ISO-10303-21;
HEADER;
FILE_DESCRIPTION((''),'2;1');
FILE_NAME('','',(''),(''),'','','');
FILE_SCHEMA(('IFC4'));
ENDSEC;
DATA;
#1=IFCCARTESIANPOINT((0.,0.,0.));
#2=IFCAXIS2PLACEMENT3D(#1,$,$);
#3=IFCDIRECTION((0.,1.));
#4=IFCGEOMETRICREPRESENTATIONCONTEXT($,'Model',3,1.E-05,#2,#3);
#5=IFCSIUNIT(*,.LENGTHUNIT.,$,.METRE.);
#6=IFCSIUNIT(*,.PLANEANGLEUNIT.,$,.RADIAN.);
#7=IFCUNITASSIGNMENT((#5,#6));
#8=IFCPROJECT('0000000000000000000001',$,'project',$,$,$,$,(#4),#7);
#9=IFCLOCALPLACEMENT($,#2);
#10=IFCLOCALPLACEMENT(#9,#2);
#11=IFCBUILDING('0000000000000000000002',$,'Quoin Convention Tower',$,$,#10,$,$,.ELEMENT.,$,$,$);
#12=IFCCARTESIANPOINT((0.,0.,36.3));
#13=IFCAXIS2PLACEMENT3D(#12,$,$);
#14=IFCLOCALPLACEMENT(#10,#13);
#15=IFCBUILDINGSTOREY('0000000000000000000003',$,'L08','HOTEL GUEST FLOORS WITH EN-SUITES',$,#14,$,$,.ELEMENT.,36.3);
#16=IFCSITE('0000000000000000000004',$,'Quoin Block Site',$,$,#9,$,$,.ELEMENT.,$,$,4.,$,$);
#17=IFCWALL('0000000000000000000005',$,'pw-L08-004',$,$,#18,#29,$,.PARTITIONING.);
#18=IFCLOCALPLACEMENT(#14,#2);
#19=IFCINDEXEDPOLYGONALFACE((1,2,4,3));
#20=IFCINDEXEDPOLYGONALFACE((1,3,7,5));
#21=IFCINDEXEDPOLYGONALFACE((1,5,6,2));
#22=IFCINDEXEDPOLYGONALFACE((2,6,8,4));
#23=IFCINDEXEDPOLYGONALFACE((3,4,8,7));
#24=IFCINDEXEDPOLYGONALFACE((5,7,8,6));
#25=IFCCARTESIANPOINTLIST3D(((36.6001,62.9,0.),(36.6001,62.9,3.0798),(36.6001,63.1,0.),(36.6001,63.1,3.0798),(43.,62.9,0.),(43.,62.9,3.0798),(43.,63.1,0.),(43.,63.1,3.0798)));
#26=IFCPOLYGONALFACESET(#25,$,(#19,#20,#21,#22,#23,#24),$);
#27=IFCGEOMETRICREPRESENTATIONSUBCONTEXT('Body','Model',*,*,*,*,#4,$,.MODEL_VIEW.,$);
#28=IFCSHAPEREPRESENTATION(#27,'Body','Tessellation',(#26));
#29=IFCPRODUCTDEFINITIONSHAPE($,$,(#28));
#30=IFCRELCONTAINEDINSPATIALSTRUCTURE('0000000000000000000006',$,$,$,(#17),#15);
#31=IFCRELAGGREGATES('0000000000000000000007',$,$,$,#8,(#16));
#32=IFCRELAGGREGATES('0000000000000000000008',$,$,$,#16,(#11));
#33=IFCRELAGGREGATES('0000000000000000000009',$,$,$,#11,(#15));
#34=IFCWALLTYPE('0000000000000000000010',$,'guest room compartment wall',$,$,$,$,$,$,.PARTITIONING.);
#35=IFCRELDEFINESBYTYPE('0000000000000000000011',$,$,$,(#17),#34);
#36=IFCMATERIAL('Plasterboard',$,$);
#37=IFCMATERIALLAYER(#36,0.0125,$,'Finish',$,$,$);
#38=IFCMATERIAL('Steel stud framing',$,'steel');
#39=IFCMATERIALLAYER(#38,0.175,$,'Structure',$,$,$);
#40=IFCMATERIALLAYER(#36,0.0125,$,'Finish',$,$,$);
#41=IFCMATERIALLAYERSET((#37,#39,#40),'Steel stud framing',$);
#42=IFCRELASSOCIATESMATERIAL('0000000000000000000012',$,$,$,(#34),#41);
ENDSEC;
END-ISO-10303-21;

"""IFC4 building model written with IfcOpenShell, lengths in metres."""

from ifc_helpers import new_model, si_unit, direction, frame, frame_2d, origin, place, context, subcontext, project, spatial, rectangle, extrude, material, layer, layer_set, type_object, element, save


model = new_model("IFC4")

# Units and contexts
model_context = context("Model", 3, precision=1e-05, world=origin(), true_north=direction((0.0, 1.0)))
body_context = subcontext(model_context, "Body", "Model", "MODEL_VIEW")
ifc_project = project(units=[si_unit("LENGTHUNIT", "METRE"), si_unit("PLANEANGLEUNIT", "RADIAN")], contexts=[model_context])

# Site, building, storey
site_placement = place(None, origin())
site = spatial("IfcSite", under=ifc_project, at=site_placement, Name="Quoin Block Site", CompositionType="ELEMENT", RefElevation=4.0)
building_placement = place(site_placement, origin())
building = spatial("IfcBuilding", under=site, at=building_placement, Name="Quoin Convention Tower", CompositionType="ELEMENT")
storey_placement = place(building_placement, frame((0.0, 0.0, 36.3)))
storey = spatial("IfcBuildingStorey", under=building, at=storey_placement, Name="L08", Description="HOTEL GUEST FLOORS WITH EN-SUITES", CompositionType="ELEMENT", Elevation=36.3)

# Shared definitions
ifc_material_1 = material(Name="Plasterboard")
ifc_material_2 = material(Name="Steel stud framing", Category="steel")

# Wall
ifc_layer_1 = layer(ifc_material_1, 0.0125, Name="Finish")
ifc_layer_2 = layer(ifc_material_2, 0.175, Name="Structure")
ifc_layer_3 = layer(ifc_material_1, 0.0125, Name="Finish")
ifc_layer_set_1 = layer_set([ifc_layer_1, ifc_layer_2, ifc_layer_3], Name="Steel stud framing")
wall_type_1 = type_object("IfcWallType", Name="guest room compartment wall", PredefinedType="PARTITIONING", material=ifc_layer_set_1)
wall_1_placement = place(storey_placement, frame((36.6001, 63.0, 0.0), z_axis=(0.0, 0.0, 1.0), x_axis=(1.0, 0.0, 0.0)))
element("IfcWall", 1, at=wall_1_placement, inside=storey, type_object=wall_type_1, Name="pw-L08-004", PredefinedType="PARTITIONING", context=body_context, shape_type="SweptSolid", body=[
    extrude(rectangle(XDim=6.3999, YDim=0.2, at=frame_2d((3.2, 0.0))), origin(), (0.0, 0.0, 1.0), 3.0798),
])

save(model, "model.ifc")
